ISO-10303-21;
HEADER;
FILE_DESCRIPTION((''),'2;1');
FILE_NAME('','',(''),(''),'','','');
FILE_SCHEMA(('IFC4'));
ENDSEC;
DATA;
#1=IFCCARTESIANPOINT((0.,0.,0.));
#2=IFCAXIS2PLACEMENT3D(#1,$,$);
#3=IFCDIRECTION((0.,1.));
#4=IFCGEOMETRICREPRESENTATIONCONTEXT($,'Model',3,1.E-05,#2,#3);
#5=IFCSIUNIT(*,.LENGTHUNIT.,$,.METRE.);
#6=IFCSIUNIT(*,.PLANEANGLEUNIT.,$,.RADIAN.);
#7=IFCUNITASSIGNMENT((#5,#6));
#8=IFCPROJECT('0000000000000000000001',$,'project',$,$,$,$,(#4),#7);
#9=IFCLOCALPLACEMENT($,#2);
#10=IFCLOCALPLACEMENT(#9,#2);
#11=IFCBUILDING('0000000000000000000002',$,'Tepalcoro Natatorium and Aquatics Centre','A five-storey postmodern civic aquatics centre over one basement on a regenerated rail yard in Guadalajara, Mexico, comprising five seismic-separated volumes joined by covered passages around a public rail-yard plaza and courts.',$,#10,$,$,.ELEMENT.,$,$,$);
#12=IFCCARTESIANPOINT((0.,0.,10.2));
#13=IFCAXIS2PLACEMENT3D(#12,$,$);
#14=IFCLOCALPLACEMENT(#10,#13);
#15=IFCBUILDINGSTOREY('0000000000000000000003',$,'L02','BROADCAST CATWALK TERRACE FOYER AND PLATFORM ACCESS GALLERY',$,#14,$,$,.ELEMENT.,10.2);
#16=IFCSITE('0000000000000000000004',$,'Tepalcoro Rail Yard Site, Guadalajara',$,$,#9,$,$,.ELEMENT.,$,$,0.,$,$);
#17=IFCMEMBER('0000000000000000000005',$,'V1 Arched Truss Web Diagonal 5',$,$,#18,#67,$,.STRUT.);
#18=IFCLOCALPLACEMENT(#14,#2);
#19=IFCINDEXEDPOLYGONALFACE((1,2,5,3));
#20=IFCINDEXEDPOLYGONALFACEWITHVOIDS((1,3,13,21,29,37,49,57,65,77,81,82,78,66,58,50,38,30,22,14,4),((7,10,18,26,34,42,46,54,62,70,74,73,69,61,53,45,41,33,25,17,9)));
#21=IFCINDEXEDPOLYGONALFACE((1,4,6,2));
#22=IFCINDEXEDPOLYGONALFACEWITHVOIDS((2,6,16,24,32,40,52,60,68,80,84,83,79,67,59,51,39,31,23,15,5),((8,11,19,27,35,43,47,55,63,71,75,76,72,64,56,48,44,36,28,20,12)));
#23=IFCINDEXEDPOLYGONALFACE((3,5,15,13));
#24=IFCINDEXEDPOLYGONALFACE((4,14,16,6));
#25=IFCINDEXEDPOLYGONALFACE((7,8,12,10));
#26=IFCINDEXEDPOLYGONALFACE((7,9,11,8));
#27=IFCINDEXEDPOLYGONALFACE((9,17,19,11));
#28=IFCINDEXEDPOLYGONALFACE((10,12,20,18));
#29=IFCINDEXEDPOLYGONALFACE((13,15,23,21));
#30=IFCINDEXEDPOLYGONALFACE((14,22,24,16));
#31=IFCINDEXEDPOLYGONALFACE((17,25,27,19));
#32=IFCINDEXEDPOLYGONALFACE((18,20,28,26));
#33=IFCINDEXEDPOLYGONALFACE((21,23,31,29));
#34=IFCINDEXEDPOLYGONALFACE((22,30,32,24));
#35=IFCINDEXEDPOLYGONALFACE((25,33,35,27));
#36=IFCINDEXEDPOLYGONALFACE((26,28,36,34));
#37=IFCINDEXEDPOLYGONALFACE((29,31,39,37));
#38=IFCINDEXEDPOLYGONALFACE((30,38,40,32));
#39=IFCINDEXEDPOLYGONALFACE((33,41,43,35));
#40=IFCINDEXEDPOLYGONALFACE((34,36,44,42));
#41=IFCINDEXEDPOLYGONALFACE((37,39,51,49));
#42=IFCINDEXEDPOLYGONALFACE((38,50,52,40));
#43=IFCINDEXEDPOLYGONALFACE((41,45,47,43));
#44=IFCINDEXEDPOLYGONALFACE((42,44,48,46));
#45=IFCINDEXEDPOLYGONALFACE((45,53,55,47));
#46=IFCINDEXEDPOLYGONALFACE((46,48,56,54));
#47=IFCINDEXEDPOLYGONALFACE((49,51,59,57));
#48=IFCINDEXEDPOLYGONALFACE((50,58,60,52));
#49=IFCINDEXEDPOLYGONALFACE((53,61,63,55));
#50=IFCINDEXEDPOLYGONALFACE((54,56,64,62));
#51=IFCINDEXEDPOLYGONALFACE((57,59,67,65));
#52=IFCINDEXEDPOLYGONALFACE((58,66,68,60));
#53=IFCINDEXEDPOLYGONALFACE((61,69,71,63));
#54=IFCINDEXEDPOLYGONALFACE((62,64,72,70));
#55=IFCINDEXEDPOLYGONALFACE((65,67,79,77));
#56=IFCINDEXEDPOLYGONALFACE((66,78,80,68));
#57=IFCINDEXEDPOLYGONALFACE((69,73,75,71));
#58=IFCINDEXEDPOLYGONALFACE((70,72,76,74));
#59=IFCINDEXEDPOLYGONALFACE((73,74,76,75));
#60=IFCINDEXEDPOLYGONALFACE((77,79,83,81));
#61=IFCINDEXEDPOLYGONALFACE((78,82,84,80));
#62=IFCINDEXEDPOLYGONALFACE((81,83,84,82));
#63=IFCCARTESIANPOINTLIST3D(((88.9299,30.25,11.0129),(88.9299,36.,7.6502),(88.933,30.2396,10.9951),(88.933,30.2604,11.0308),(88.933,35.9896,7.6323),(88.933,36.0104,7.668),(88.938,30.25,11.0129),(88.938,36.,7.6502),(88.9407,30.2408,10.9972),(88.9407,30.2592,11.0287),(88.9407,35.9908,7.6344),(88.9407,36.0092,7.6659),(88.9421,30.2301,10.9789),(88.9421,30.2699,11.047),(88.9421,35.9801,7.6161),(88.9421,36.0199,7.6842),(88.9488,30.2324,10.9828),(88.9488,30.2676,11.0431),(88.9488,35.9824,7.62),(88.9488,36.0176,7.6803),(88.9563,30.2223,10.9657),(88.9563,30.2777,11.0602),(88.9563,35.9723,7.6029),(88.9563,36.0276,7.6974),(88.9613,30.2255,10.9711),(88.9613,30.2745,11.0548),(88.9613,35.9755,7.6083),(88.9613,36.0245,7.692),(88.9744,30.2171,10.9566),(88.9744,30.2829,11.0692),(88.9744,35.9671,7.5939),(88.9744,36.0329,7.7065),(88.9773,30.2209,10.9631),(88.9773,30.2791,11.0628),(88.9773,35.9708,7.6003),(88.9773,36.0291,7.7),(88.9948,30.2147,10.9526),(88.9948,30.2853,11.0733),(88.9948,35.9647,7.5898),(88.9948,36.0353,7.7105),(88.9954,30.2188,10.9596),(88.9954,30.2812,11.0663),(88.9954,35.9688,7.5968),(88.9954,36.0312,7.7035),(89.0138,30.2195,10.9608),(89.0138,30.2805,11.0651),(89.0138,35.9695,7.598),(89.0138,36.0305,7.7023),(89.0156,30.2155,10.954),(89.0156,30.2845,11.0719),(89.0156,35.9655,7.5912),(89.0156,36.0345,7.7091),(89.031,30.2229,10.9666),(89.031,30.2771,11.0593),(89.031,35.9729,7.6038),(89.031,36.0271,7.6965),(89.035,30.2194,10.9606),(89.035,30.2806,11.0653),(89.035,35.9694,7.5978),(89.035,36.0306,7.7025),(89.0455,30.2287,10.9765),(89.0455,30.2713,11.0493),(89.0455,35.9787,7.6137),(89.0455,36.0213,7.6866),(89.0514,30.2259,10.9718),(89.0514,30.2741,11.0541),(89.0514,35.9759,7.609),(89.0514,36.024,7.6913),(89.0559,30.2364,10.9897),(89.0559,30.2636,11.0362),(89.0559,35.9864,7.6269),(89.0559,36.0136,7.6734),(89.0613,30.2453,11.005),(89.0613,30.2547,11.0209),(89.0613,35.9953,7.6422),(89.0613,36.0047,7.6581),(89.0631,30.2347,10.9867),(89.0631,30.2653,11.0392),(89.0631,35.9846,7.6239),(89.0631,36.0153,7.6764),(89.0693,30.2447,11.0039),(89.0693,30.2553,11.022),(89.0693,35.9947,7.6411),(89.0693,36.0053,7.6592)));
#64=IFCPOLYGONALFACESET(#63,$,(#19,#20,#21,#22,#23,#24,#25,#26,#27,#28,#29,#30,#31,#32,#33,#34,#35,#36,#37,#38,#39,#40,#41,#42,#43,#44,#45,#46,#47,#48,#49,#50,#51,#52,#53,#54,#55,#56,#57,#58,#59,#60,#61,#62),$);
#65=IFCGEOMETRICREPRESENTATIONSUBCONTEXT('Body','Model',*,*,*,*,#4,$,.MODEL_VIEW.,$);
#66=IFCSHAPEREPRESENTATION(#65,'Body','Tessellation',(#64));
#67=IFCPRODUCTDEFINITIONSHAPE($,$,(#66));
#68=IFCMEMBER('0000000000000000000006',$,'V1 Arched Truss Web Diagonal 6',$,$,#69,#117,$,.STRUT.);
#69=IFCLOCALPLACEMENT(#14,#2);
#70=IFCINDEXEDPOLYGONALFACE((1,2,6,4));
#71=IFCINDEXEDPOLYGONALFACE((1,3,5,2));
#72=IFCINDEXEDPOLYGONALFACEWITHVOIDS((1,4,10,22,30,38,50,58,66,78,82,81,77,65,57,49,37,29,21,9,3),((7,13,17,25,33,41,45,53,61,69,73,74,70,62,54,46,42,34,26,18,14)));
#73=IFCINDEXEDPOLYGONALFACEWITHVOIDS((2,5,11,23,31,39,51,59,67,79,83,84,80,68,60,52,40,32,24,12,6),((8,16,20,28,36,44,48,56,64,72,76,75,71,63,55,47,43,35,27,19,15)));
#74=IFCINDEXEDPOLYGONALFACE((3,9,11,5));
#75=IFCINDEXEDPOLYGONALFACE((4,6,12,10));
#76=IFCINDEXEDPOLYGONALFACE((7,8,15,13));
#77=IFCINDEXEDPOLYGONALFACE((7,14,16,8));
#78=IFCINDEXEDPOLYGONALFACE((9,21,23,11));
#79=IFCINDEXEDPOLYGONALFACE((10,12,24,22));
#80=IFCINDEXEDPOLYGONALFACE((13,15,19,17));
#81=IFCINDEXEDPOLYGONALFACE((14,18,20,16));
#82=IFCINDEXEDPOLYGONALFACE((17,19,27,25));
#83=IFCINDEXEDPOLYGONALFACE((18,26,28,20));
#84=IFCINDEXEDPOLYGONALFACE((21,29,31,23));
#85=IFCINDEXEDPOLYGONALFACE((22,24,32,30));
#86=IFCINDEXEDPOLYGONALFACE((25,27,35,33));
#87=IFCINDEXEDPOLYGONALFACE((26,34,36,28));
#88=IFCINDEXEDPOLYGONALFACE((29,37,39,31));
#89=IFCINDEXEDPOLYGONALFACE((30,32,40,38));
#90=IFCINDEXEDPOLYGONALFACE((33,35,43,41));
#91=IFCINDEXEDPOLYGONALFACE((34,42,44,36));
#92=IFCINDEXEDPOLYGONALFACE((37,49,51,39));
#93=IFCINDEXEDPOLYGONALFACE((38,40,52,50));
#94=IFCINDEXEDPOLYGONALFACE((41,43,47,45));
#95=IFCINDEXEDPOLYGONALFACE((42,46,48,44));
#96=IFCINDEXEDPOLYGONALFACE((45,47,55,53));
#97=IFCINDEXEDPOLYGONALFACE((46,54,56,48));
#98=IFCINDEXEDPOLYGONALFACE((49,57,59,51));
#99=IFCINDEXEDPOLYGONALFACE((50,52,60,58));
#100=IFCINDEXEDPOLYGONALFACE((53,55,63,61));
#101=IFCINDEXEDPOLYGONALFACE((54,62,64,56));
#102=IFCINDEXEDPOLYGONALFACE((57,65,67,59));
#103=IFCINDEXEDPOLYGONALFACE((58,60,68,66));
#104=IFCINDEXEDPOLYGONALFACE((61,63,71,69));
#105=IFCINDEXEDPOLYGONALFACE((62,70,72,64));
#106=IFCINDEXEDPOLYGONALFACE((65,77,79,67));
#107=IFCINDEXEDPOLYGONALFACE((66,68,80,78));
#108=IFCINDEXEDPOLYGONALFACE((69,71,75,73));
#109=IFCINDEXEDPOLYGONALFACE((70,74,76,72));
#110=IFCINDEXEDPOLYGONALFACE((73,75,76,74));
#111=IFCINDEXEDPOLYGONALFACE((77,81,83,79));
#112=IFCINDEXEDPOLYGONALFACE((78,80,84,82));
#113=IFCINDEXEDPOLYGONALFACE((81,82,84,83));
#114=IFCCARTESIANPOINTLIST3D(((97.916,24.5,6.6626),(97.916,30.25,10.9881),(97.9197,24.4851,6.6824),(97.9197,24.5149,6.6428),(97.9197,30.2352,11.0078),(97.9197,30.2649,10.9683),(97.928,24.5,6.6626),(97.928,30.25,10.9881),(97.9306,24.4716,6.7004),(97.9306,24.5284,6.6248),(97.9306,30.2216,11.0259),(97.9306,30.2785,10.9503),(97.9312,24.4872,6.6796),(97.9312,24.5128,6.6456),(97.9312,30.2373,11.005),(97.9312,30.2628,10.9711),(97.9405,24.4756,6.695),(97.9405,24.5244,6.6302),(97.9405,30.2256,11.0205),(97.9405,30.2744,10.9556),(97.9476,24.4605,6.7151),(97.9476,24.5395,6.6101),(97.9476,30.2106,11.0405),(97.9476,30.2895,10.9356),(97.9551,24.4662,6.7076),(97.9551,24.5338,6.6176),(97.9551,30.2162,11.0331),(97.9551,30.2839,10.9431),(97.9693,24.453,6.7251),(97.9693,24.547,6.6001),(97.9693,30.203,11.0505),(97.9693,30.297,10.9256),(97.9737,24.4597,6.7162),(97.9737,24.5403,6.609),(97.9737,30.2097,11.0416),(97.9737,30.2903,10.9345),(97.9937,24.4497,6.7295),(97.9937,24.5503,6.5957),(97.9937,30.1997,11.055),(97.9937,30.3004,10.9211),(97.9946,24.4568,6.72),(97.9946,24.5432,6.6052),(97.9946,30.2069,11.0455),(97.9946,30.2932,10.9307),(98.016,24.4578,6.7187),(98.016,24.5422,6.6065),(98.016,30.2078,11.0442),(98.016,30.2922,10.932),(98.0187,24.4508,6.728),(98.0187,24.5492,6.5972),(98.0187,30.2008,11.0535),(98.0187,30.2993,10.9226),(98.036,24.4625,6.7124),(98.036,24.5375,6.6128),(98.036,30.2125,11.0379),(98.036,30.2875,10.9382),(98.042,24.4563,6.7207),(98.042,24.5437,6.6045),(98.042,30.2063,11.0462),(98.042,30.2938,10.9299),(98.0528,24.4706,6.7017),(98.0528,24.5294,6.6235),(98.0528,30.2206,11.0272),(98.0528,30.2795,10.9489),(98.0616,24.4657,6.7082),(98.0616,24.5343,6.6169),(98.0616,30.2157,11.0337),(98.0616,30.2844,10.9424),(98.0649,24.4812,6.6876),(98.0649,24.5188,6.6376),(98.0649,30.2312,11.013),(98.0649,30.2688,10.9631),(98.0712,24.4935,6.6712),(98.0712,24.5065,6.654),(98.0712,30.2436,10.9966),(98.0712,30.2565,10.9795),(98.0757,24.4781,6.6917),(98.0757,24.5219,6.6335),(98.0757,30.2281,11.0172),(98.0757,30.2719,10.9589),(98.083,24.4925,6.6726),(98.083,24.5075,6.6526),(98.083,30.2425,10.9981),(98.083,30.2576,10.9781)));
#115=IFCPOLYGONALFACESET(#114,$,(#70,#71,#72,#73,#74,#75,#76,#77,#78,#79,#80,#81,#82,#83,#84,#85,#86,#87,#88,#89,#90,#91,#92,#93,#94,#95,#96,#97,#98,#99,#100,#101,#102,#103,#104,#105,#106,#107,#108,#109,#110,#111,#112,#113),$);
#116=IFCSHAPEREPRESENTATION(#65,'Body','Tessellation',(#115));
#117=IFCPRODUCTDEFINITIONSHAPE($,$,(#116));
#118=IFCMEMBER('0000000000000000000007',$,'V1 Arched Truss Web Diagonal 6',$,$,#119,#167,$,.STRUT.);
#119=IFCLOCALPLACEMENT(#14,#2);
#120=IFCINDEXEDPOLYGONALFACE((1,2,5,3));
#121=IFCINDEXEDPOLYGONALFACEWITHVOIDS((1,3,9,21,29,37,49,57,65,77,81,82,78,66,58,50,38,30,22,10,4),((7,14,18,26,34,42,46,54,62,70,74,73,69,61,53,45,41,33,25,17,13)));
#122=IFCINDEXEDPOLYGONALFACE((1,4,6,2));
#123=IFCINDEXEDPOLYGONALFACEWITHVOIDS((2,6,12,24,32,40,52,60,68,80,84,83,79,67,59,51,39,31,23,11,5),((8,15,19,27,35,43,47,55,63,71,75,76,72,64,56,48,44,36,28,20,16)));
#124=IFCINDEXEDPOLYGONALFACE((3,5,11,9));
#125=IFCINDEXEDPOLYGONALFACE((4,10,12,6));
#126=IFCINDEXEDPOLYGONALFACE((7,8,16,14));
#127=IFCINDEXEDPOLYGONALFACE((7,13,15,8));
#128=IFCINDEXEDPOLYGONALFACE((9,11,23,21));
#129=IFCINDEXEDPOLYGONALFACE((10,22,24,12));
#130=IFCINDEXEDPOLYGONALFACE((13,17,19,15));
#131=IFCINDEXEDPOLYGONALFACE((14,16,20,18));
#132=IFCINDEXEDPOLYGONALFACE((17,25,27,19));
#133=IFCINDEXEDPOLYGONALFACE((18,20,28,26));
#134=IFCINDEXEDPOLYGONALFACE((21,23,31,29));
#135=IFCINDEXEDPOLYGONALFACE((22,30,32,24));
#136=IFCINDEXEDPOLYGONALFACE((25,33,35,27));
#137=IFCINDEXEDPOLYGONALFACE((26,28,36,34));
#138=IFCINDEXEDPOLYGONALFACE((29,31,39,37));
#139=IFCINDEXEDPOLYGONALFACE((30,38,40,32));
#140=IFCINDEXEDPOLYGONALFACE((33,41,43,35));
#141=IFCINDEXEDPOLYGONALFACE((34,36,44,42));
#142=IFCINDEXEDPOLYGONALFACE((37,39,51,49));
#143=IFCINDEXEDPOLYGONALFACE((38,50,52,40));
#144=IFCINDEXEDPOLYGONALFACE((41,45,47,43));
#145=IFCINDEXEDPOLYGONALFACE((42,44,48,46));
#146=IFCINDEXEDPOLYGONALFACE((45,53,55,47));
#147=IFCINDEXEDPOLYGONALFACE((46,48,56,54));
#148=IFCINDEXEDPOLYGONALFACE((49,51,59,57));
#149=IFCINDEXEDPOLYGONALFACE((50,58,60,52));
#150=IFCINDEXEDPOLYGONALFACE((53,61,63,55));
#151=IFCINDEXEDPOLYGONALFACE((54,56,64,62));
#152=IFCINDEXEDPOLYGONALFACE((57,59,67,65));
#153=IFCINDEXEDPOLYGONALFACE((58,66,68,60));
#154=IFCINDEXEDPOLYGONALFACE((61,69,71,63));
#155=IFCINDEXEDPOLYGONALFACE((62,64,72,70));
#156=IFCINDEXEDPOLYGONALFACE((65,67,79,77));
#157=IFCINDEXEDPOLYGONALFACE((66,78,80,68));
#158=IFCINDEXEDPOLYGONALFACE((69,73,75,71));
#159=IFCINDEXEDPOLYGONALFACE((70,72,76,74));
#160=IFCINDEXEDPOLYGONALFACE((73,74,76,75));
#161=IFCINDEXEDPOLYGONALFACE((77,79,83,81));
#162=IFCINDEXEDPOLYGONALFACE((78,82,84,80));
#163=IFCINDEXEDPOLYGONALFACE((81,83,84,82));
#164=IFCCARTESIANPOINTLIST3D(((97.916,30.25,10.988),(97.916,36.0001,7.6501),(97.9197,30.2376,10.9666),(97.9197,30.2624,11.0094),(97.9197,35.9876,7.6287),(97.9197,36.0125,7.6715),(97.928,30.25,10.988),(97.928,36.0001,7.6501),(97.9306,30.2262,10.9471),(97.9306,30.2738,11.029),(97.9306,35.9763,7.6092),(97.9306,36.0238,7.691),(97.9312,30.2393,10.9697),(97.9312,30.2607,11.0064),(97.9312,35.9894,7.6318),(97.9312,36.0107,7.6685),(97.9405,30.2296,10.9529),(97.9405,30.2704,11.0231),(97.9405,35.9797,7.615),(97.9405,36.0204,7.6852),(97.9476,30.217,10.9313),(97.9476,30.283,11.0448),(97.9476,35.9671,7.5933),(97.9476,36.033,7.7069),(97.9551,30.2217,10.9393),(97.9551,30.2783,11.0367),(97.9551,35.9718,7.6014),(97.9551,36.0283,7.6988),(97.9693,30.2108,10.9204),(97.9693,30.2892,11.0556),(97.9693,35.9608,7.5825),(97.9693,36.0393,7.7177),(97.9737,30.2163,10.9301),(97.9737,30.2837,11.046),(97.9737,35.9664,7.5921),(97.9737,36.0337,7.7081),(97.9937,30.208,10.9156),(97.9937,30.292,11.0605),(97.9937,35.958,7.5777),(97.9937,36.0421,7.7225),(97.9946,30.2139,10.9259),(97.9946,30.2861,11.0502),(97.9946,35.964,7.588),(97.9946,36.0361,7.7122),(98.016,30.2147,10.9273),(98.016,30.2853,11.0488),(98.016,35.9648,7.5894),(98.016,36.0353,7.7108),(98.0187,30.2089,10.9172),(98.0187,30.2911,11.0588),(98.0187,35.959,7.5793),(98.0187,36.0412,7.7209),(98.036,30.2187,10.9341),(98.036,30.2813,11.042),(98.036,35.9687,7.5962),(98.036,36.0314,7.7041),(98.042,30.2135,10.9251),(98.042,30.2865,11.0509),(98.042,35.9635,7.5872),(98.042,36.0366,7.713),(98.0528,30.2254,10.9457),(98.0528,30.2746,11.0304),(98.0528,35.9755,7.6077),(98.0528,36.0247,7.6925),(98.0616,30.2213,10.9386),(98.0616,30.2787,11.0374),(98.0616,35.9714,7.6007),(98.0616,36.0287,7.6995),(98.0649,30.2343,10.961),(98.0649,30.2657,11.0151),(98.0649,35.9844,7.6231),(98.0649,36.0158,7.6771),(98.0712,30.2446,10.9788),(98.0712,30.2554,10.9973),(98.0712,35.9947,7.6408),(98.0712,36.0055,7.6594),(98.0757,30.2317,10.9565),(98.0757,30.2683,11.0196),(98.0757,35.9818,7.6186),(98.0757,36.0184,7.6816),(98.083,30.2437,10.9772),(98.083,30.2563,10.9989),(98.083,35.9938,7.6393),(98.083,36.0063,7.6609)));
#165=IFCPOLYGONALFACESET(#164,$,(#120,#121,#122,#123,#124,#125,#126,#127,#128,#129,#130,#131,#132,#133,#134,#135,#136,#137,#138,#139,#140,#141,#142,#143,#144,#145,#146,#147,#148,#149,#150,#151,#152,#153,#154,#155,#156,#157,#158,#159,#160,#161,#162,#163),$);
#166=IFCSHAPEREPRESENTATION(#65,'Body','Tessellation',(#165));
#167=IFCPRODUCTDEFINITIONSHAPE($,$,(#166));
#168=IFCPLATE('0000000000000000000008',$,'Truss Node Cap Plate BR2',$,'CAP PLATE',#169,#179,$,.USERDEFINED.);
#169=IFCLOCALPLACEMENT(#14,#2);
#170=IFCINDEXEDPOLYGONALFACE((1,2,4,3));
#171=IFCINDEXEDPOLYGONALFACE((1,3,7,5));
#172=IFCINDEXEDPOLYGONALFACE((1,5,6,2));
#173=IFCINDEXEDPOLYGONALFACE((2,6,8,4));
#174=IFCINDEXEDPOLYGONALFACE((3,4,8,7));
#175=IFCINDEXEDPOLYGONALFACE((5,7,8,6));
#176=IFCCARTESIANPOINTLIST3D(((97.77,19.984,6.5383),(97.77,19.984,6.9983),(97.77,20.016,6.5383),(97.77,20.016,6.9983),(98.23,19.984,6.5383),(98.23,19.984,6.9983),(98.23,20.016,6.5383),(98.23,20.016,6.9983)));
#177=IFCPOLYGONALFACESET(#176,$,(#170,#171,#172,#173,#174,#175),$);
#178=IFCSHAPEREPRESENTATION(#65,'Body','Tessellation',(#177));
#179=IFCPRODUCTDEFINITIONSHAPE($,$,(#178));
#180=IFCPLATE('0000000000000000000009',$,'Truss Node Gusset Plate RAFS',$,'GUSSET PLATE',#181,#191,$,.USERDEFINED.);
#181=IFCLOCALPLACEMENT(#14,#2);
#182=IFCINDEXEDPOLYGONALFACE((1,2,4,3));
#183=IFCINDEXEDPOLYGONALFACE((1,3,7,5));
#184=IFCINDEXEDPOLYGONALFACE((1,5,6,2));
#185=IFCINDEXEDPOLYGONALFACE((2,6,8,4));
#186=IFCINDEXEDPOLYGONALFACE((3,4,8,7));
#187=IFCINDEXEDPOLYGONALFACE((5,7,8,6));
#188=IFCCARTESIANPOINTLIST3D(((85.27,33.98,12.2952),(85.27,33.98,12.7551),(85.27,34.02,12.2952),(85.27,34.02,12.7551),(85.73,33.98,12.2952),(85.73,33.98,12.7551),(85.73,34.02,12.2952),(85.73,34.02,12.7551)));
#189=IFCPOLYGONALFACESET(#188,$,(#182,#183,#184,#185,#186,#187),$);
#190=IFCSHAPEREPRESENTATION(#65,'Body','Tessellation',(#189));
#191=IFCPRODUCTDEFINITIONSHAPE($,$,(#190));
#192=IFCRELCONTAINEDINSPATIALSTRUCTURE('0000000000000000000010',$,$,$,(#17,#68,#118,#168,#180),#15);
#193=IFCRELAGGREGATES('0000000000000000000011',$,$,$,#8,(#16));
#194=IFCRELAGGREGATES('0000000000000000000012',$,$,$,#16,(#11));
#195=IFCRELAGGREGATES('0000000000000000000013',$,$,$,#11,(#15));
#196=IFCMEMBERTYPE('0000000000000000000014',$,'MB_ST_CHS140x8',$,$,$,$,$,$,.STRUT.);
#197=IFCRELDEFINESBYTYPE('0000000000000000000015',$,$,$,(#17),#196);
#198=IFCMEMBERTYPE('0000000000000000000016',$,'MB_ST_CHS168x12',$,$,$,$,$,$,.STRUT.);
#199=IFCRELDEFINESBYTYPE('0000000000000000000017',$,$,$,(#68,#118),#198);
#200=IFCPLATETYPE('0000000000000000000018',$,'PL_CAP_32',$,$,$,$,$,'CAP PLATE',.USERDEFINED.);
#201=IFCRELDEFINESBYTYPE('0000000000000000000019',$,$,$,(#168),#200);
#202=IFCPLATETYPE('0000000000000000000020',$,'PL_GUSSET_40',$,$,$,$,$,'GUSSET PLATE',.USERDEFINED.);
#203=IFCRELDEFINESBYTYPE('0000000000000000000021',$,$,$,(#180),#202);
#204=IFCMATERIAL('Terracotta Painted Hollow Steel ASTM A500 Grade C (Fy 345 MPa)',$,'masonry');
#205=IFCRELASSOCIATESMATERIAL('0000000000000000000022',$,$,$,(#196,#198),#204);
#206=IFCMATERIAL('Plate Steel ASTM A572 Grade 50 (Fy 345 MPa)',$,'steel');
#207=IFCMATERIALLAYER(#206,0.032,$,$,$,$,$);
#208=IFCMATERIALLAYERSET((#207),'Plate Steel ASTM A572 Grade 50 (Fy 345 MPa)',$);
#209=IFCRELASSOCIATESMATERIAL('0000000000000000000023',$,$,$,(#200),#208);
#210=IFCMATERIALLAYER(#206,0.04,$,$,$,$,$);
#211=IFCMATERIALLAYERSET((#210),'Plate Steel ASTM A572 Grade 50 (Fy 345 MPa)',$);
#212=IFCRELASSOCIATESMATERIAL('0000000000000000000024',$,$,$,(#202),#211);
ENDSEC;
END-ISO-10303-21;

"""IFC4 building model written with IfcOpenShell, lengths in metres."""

from ifc_helpers import new_model, si_unit, direction, frame, origin, origin_2d, place, context, subcontext, project, spatial, rectangle, hollow_circle, extrude, material, layer, layer_set, material_profile, profile_set, type_object, element, save


model = new_model("IFC4")

# Units and contexts
model_context = context("Model", 3, precision=1e-05, world=origin(), true_north=direction((0.0, 1.0)))
body_context = subcontext(model_context, "Body", "Model", "MODEL_VIEW")
ifc_project = project(units=[si_unit("LENGTHUNIT", "METRE"), si_unit("PLANEANGLEUNIT", "RADIAN")], contexts=[model_context])

# Site, building, storey
site_placement = place(None, origin())
site = spatial("IfcSite", under=ifc_project, at=site_placement, Name="Tepalcoro Rail Yard Site, Guadalajara", CompositionType="ELEMENT", RefElevation=0.0)
building_placement = place(site_placement, origin())
building = spatial("IfcBuilding", under=site, at=building_placement, Name="Tepalcoro Natatorium and Aquatics Centre", Description="A five-storey postmodern civic aquatics centre over one basement on a regenerated rail yard in Guadalajara, Mexico, comprising five seismic-separated volumes joined by covered passages around a public rail-yard plaza and courts.", CompositionType="ELEMENT")
storey_placement = place(building_placement, frame((0.0, 0.0, 10.2)))
storey = spatial("IfcBuildingStorey", under=building, at=storey_placement, Name="L02", Description="BROADCAST CATWALK TERRACE FOYER AND PLATFORM ACCESS GALLERY", CompositionType="ELEMENT", Elevation=10.2)

# Shared definitions
ifc_material_1 = material(Name="Terracotta Painted Hollow Steel ASTM A500 Grade C (Fy 345 MPa)", Category="masonry")

# Members
ifc_material_profile_1 = material_profile(ifc_material_1, hollow_circle(Radius=0.0701, WallThickness=0.0081, at=origin_2d()), Name="CHS140X8")
ifc_profile_set_1 = profile_set([ifc_material_profile_1], Name="Terracotta Painted Hollow Steel ASTM A500 Grade C (Fy 345 MPa)")
member_type_1 = type_object("IfcMemberType", Name="MB_ST_CHS140x8", PredefinedType="STRUT", material=ifc_profile_set_1)
member_1_placement = place(storey_placement, frame((89.0, 30.25, 11.0129), z_axis=(0.0, 0.863215, -0.504837), x_axis=(-1.0, 0.0, 0.0)))
element("IfcMember", 1, at=member_1_placement, inside=storey, type_object=member_type_1, Name="V1 Arched Truss Web Diagonal 5", PredefinedType="STRUT", context=body_context, shape_type="SweptSolid", body=[
    extrude(hollow_circle(Radius=0.0701, WallThickness=0.0081, at=origin_2d()), origin(), (0.0, 0.0, 1.0), 6.6611),
])
ifc_material_profile_2 = material_profile(ifc_material_1, hollow_circle(Radius=0.084, WallThickness=0.012, at=origin_2d()), Name="CHS168X12")
ifc_profile_set_2 = profile_set([ifc_material_profile_2], Name="Terracotta Painted Hollow Steel ASTM A500 Grade C (Fy 345 MPa)")
member_type_2 = type_object("IfcMemberType", Name="MB_ST_CHS168x12", PredefinedType="STRUT", material=ifc_profile_set_2)
member_2_placement = place(storey_placement, frame((98.0, 24.5, 6.6626), z_axis=(0.0, 0.799136, 0.60115), x_axis=(-1.0, 0.0, 0.0)))
element("IfcMember", 2, at=member_2_placement, inside=storey, type_object=member_type_2, Name="V1 Arched Truss Web Diagonal 6", PredefinedType="STRUT", context=body_context, shape_type="SweptSolid", body=[
    extrude(hollow_circle(Radius=0.084, WallThickness=0.012, at=origin_2d()), origin(), (0.0, 0.0, 1.0), 7.1953),
])
member_3_placement = place(storey_placement, frame((98.0, 30.25, 10.988), z_axis=(0.0, 0.864842, -0.502043), x_axis=(-1.0, 0.0, 0.0)))
element("IfcMember", 3, at=member_3_placement, inside=storey, type_object=member_type_2, Name="V1 Arched Truss Web Diagonal 6", PredefinedType="STRUT", context=body_context, shape_type="SweptSolid", body=[
    extrude(hollow_circle(Radius=0.084, WallThickness=0.012, at=origin_2d()), origin(), (0.0, 0.0, 1.0), 6.6487),
])

# Plates
ifc_material_2 = material(Name="Plate Steel ASTM A572 Grade 50 (Fy 345 MPa)", Category="steel")
ifc_layer_1 = layer(ifc_material_2, 0.032)
ifc_layer_set_1 = layer_set([ifc_layer_1], Name="Plate Steel ASTM A572 Grade 50 (Fy 345 MPa)")
plate_type_1 = type_object("IfcPlateType", Name="PL_CAP_32", ElementType="CAP PLATE", PredefinedType="USERDEFINED", material=ifc_layer_set_1)
plate_1_placement = place(storey_placement, frame((98.0, 20.0, 6.5383), z_axis=(0.0, 0.0, 1.0), x_axis=(1.0, 0.0, 0.0)))
element("IfcPlate", 4, at=plate_1_placement, inside=storey, type_object=plate_type_1, Name="Truss Node Cap Plate BR2", ObjectType="CAP PLATE", PredefinedType="USERDEFINED", context=body_context, shape_type="SweptSolid", body=[
    extrude(rectangle(XDim=0.46, YDim=0.032, at=origin_2d()), origin(), (0.0, 0.0, 1.0), 0.46),
])
ifc_layer_2 = layer(ifc_material_2, 0.04)
ifc_layer_set_2 = layer_set([ifc_layer_2], Name="Plate Steel ASTM A572 Grade 50 (Fy 345 MPa)")
plate_type_2 = type_object("IfcPlateType", Name="PL_GUSSET_40", ElementType="GUSSET PLATE", PredefinedType="USERDEFINED", material=ifc_layer_set_2)
for number, where, z_axis, x_axis, name in (
    (5, (85.5, 34.0, 12.2952), (0.0, 0.0, 1.0), (1.0, 0.0, 0.0), "Truss Node Gusset Plate RAFS"),
):
    element("IfcPlate", number, at=place(storey_placement, frame(where, z_axis=z_axis, x_axis=x_axis)), inside=storey, type_object=plate_type_2, Name=name, ObjectType="GUSSET PLATE", PredefinedType="USERDEFINED", context=body_context, shape_type="SweptSolid", body=[
        extrude(rectangle(XDim=0.46, YDim=0.04, at=origin_2d()), origin(), (0.0, 0.0, 1.0), 0.46),
    ])

save(model, "model.ifc")
